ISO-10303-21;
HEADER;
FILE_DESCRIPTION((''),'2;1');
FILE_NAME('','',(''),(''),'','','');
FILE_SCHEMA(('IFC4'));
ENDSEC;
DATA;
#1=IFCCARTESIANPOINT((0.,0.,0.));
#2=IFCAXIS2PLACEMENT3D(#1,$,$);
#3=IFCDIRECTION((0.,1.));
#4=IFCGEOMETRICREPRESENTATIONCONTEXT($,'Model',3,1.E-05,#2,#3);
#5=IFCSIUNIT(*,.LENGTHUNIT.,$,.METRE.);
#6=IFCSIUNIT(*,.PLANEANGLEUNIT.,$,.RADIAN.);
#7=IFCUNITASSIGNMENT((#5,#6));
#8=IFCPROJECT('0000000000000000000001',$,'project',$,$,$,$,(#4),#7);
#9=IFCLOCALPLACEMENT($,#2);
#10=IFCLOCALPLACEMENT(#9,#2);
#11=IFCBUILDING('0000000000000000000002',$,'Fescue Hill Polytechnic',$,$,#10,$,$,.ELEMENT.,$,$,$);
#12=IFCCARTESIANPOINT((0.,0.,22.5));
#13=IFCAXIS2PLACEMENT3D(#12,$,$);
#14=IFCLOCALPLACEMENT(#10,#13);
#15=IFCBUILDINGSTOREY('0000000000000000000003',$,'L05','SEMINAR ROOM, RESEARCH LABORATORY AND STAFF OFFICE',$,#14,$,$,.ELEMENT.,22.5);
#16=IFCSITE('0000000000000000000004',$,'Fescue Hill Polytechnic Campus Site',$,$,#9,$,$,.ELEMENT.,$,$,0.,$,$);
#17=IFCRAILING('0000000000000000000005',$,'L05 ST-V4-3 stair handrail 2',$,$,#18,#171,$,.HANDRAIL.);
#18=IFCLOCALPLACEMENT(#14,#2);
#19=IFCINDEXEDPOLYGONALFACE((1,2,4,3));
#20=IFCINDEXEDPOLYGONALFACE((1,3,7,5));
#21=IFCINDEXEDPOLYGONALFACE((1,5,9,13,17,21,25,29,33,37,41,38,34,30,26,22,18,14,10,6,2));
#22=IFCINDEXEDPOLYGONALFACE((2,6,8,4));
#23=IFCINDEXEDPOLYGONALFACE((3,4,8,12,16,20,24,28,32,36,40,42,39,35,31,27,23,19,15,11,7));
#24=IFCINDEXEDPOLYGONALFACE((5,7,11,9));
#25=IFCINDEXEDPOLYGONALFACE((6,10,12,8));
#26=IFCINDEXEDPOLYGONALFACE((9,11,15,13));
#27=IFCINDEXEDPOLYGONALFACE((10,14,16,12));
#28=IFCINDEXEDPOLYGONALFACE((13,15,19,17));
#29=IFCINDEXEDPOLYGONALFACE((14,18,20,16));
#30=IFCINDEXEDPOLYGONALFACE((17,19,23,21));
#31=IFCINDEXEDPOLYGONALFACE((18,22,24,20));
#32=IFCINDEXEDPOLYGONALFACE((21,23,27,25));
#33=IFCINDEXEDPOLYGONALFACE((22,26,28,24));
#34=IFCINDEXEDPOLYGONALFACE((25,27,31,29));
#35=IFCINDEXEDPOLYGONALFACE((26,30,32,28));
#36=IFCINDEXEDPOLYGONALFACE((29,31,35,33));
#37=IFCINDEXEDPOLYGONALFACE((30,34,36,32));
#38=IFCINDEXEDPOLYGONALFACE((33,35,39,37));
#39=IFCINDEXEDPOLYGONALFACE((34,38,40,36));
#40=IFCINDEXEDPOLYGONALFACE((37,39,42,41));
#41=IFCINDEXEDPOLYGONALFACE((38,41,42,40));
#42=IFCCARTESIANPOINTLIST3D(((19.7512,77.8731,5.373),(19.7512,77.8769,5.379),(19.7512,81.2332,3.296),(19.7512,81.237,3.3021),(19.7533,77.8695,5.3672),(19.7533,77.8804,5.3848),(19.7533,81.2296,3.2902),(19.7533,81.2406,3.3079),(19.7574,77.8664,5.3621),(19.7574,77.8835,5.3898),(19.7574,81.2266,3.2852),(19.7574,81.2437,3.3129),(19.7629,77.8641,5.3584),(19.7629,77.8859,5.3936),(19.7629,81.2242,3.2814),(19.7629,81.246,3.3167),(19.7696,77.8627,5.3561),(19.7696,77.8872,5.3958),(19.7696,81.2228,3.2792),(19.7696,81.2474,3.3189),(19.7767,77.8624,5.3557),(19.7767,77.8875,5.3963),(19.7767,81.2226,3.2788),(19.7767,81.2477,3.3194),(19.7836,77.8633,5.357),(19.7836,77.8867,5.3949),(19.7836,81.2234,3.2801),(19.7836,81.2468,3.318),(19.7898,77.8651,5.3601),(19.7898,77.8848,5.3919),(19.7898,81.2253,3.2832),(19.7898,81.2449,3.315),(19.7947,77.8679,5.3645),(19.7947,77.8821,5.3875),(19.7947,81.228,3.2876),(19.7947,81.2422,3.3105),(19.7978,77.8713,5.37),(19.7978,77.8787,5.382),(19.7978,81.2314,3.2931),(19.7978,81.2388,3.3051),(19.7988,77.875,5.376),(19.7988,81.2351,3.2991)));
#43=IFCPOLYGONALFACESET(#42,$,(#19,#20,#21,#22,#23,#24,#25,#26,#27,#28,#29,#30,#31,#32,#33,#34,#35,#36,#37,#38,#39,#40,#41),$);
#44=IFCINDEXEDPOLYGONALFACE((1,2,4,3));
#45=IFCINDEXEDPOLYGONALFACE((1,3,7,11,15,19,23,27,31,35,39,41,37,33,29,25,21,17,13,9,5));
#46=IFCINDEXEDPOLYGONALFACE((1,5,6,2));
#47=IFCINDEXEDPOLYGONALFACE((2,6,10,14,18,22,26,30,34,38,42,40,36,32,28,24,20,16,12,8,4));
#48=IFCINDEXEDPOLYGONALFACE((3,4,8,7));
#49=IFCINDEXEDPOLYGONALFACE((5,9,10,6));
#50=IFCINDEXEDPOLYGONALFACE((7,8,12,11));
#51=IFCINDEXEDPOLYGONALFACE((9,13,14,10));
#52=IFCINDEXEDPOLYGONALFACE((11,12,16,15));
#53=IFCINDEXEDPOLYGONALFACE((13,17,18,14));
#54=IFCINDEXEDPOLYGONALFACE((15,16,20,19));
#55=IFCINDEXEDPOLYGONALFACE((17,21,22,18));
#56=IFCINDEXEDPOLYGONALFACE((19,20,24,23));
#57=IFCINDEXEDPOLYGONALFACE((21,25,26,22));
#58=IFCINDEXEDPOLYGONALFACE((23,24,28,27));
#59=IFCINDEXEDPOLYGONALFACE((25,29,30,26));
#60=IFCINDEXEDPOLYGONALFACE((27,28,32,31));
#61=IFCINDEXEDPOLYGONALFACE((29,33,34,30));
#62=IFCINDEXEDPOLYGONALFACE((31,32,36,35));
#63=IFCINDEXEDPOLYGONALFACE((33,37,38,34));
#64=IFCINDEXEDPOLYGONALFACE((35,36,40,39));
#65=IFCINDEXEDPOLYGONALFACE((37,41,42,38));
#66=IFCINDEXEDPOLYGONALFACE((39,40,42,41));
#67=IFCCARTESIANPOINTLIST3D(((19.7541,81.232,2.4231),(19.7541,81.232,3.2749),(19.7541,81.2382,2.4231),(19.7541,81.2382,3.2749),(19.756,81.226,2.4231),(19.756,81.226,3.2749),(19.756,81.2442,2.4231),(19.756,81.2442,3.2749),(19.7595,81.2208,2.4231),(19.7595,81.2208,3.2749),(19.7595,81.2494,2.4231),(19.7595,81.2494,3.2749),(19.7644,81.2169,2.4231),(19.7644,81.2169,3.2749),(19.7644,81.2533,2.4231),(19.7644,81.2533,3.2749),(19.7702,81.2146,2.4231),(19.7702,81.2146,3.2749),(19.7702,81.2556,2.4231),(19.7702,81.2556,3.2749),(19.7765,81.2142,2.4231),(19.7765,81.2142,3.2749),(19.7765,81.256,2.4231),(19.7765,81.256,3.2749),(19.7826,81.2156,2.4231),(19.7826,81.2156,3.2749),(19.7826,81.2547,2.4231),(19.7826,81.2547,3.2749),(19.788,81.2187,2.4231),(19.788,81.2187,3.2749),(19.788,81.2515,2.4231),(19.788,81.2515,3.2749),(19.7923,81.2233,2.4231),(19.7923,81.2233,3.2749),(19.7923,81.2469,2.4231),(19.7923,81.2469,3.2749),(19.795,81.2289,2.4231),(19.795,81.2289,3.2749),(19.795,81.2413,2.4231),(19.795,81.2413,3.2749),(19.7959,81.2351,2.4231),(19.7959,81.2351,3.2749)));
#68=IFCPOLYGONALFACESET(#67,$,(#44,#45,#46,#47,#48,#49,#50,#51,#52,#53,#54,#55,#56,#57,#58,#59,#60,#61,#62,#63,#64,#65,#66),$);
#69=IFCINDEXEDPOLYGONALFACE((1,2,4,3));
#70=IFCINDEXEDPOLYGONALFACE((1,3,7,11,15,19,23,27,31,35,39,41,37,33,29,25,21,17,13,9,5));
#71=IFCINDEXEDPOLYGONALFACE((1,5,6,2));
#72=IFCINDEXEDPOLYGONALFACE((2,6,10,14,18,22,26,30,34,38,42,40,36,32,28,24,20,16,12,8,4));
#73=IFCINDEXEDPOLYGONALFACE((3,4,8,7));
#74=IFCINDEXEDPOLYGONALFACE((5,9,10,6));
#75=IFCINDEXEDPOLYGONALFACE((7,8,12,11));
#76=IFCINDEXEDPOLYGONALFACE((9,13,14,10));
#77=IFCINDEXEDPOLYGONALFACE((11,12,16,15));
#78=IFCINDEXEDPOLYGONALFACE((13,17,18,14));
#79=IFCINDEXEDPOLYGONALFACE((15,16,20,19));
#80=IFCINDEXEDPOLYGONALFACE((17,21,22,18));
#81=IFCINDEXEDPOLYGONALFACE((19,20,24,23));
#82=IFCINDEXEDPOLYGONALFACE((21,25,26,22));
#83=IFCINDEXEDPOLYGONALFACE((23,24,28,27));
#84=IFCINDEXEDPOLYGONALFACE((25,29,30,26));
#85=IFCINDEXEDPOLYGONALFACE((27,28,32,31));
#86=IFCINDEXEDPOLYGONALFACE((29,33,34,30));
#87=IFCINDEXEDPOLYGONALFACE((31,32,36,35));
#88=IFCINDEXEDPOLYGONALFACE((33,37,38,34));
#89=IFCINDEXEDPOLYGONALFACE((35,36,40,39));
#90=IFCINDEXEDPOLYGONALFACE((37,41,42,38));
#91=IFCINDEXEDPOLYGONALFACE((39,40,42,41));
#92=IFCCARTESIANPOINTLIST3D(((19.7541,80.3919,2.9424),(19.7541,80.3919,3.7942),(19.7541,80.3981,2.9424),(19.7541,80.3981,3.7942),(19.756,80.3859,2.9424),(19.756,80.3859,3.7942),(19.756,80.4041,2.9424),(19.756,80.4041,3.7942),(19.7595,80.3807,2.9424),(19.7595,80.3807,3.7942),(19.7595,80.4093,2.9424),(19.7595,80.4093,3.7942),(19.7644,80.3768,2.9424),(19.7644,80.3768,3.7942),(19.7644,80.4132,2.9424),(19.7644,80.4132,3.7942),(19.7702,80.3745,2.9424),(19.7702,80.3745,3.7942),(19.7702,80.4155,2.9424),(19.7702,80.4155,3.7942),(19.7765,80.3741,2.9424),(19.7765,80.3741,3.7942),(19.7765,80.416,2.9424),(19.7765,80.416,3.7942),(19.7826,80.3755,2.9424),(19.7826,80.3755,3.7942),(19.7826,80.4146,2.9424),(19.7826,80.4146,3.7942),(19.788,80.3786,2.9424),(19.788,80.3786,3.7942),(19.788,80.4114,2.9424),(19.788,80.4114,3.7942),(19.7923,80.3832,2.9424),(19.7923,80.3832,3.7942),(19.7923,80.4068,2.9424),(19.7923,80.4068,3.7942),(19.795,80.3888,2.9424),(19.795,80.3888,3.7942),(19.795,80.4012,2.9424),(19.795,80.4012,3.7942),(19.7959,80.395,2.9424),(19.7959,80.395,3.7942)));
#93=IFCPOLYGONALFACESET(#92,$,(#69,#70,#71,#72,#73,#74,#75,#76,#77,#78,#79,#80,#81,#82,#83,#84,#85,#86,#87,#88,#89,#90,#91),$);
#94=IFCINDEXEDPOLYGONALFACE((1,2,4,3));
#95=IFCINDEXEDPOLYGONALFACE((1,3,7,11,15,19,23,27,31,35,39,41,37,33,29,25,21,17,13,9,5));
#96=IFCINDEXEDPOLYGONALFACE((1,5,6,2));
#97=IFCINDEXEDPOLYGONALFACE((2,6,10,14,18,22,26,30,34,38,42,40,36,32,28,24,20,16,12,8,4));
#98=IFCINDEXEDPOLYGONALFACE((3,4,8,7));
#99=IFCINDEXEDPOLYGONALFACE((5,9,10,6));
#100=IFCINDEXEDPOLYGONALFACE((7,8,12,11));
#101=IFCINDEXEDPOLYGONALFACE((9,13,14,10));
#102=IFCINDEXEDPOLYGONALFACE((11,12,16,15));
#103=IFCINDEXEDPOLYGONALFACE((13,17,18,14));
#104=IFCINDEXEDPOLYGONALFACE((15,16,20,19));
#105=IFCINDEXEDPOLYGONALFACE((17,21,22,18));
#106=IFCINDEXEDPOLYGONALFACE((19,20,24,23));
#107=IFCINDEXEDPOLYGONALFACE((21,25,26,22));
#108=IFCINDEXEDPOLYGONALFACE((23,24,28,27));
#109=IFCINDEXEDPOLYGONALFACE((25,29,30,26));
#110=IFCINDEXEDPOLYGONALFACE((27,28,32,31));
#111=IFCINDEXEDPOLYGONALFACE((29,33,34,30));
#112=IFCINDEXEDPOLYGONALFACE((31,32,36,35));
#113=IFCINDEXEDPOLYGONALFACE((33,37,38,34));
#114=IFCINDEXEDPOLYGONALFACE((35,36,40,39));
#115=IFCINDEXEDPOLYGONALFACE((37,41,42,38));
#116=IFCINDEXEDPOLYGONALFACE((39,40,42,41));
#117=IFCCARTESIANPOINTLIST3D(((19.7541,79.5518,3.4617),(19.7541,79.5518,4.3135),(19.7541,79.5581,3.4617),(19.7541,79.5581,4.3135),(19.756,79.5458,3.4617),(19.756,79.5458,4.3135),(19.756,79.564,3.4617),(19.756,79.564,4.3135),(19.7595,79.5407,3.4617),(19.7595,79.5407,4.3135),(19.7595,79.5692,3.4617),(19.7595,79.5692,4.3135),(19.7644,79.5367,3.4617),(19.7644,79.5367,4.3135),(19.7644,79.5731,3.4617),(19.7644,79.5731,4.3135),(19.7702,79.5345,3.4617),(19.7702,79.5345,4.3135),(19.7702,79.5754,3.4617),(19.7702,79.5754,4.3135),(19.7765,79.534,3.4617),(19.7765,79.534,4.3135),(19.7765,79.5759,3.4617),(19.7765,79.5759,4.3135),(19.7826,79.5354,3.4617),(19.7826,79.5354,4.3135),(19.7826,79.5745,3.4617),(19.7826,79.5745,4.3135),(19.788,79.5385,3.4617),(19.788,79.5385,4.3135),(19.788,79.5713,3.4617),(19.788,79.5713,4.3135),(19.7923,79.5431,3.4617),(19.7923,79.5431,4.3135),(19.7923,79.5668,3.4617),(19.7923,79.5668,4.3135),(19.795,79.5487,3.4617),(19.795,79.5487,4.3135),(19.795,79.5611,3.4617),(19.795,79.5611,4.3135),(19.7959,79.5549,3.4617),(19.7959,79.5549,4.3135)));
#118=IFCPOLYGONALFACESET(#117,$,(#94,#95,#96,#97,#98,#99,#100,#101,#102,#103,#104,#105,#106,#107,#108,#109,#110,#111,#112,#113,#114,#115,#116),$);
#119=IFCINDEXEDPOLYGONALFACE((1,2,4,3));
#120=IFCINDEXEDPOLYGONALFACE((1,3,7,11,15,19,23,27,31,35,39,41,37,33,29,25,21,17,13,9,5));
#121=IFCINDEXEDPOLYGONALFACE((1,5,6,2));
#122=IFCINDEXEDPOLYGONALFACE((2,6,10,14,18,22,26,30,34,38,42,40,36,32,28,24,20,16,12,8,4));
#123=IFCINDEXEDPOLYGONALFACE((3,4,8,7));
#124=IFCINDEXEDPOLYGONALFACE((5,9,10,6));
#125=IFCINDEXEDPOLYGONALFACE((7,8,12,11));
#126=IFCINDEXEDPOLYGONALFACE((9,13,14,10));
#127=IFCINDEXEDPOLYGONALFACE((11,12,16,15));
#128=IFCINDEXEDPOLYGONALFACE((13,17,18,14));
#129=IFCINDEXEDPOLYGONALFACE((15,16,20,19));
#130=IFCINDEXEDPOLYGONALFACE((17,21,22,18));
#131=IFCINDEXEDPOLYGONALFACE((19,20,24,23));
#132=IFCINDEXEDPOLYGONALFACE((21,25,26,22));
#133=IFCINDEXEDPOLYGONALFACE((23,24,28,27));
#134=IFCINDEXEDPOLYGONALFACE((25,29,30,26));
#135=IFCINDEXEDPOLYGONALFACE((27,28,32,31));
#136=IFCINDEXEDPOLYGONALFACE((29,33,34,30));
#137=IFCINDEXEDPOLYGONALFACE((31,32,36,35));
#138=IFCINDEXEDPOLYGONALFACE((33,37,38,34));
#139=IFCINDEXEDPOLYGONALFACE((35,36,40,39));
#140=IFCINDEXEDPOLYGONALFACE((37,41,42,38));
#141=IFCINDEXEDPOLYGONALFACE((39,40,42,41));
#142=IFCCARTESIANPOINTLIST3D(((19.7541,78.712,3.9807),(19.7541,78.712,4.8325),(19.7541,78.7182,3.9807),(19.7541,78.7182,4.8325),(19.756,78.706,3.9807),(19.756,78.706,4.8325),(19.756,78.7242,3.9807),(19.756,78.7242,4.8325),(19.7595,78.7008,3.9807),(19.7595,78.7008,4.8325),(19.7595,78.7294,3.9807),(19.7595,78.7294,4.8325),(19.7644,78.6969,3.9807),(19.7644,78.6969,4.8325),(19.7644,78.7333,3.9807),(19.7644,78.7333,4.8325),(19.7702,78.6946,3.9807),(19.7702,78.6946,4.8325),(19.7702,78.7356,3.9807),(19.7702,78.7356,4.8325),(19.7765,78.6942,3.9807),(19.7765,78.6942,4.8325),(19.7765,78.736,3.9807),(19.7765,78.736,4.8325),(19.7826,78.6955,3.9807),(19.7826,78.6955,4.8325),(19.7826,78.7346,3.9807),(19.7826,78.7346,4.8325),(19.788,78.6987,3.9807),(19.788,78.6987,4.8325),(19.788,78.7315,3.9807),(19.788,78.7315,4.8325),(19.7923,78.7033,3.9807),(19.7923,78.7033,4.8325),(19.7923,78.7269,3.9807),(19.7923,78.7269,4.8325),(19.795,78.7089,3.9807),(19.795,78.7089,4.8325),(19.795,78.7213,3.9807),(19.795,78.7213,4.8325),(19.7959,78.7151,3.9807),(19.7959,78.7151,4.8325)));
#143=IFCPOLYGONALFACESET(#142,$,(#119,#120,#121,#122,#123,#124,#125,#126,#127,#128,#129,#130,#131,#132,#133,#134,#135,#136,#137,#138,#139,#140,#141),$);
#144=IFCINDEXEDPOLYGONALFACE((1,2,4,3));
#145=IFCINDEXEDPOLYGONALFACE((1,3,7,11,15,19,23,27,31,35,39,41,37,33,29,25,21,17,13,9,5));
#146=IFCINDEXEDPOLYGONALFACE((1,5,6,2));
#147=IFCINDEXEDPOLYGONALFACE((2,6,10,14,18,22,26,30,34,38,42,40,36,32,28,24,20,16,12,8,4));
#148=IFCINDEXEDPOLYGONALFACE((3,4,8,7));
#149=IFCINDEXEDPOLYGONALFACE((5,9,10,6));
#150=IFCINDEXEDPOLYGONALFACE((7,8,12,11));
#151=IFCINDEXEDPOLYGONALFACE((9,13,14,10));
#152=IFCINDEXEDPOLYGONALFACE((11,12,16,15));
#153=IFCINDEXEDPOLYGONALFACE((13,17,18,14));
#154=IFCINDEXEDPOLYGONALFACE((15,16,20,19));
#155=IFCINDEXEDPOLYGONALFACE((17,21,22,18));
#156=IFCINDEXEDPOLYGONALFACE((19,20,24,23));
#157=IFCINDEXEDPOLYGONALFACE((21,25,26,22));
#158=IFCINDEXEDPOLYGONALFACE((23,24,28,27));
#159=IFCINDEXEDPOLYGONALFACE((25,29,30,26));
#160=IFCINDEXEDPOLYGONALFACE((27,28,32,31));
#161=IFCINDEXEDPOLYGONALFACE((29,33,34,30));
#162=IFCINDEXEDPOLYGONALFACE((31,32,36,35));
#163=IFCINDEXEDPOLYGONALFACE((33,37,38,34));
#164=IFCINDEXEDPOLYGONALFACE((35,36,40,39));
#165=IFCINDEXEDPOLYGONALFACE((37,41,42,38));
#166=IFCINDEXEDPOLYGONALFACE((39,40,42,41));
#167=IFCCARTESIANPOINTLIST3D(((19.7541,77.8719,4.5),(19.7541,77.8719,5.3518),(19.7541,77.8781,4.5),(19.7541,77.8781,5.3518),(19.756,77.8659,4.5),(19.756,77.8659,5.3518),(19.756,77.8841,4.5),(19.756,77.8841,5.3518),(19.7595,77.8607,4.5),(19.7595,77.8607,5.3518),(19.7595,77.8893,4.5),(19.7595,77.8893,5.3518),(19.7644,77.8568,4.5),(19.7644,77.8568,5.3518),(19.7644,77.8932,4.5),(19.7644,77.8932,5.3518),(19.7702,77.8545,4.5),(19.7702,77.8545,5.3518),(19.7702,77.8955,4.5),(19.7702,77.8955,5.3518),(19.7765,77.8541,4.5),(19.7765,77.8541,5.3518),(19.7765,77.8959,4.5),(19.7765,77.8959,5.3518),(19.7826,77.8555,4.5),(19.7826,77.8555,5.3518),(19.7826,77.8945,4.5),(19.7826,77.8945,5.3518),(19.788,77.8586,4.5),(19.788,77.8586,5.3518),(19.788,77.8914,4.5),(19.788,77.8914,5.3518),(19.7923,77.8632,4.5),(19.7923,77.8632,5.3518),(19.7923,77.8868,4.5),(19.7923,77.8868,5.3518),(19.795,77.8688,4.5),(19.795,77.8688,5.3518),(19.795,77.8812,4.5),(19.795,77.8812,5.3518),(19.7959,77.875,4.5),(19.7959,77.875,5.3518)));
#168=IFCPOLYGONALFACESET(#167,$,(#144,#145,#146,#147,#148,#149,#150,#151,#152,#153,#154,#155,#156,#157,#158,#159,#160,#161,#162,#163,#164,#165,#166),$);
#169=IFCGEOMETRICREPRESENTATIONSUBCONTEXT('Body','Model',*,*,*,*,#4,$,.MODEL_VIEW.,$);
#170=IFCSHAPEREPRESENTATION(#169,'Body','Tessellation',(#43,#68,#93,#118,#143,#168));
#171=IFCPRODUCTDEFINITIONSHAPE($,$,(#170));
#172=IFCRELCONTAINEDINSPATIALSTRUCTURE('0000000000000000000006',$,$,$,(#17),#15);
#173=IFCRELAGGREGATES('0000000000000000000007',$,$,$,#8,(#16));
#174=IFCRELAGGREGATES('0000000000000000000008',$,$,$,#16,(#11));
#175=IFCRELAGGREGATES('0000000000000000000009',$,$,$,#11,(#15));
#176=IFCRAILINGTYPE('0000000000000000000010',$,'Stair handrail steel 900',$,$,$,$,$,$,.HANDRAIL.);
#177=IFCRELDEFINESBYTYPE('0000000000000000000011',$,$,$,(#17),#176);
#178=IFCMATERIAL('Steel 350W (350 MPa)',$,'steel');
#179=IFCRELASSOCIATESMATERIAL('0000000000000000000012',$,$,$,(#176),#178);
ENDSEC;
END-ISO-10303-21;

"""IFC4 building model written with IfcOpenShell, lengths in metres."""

from ifc_helpers import new_model, si_unit, direction, frame, origin, origin_2d, place, context, subcontext, project, spatial, circle, extrude, material, type_object, element, save


model = new_model("IFC4")

# Units and contexts
model_context = context("Model", 3, precision=1e-05, world=origin(), true_north=direction((0.0, 1.0)))
body_context = subcontext(model_context, "Body", "Model", "MODEL_VIEW")
ifc_project = project(units=[si_unit("LENGTHUNIT", "METRE"), si_unit("PLANEANGLEUNIT", "RADIAN")], contexts=[model_context])

# Site, building, storey
site_placement = place(None, origin())
site = spatial("IfcSite", under=ifc_project, at=site_placement, Name="Fescue Hill Polytechnic Campus Site", CompositionType="ELEMENT", RefElevation=0.0)
building_placement = place(site_placement, origin())
building = spatial("IfcBuilding", under=site, at=building_placement, Name="Fescue Hill Polytechnic", CompositionType="ELEMENT")
storey_placement = place(building_placement, frame((0.0, 0.0, 22.5)))
storey = spatial("IfcBuildingStorey", under=building, at=storey_placement, Name="L05", Description="SEMINAR ROOM, RESEARCH LABORATORY AND STAFF OFFICE", CompositionType="ELEMENT", Elevation=22.5)

# Railing
ifc_material_1 = material(Name="Steel 350W (350 MPa)", Category="steel")
railing_type_1 = type_object("IfcRailingType", Name="Stair handrail steel 900", PredefinedType="HANDRAIL", material=ifc_material_1)
railing_1_placement = place(storey_placement, frame((19.7749, 81.2351, 2.4231)))
element("IfcRailing", 1, at=railing_1_placement, inside=storey, type_object=railing_type_1, Name="L05 ST-V4-3 stair handrail 2", PredefinedType="HANDRAIL", context=body_context, shape_type="SweptSolid", body=[
    extrude(circle(Radius=0.0239, at=origin_2d()), frame((0.0, 0.0, 0.876), z_axis=(0.0, -0.850623, 0.525776), x_axis=(1.0, 0.0, 0.0)), (0.0, 0.0, 1.0), 3.9502),
    extrude(circle(Radius=0.021, at=origin_2d()), origin(), (0.0, 0.0, 1.0), 0.8518),
    extrude(circle(Radius=0.021, at=origin_2d()), frame((0.0, -0.8401, 0.5193)), (0.0, 0.0, 1.0), 0.8518),
    extrude(circle(Radius=0.021, at=origin_2d()), frame((0.0, -1.6802, 1.0386)), (0.0, 0.0, 1.0), 0.8518),
    extrude(circle(Radius=0.021, at=origin_2d()), frame((0.0, -2.52, 1.5576)), (0.0, 0.0, 1.0), 0.8518),
    extrude(circle(Radius=0.021, at=origin_2d()), frame((0.0, -3.3601, 2.0769)), (0.0, 0.0, 1.0), 0.8518),
])

save(model, "model.ifc")
